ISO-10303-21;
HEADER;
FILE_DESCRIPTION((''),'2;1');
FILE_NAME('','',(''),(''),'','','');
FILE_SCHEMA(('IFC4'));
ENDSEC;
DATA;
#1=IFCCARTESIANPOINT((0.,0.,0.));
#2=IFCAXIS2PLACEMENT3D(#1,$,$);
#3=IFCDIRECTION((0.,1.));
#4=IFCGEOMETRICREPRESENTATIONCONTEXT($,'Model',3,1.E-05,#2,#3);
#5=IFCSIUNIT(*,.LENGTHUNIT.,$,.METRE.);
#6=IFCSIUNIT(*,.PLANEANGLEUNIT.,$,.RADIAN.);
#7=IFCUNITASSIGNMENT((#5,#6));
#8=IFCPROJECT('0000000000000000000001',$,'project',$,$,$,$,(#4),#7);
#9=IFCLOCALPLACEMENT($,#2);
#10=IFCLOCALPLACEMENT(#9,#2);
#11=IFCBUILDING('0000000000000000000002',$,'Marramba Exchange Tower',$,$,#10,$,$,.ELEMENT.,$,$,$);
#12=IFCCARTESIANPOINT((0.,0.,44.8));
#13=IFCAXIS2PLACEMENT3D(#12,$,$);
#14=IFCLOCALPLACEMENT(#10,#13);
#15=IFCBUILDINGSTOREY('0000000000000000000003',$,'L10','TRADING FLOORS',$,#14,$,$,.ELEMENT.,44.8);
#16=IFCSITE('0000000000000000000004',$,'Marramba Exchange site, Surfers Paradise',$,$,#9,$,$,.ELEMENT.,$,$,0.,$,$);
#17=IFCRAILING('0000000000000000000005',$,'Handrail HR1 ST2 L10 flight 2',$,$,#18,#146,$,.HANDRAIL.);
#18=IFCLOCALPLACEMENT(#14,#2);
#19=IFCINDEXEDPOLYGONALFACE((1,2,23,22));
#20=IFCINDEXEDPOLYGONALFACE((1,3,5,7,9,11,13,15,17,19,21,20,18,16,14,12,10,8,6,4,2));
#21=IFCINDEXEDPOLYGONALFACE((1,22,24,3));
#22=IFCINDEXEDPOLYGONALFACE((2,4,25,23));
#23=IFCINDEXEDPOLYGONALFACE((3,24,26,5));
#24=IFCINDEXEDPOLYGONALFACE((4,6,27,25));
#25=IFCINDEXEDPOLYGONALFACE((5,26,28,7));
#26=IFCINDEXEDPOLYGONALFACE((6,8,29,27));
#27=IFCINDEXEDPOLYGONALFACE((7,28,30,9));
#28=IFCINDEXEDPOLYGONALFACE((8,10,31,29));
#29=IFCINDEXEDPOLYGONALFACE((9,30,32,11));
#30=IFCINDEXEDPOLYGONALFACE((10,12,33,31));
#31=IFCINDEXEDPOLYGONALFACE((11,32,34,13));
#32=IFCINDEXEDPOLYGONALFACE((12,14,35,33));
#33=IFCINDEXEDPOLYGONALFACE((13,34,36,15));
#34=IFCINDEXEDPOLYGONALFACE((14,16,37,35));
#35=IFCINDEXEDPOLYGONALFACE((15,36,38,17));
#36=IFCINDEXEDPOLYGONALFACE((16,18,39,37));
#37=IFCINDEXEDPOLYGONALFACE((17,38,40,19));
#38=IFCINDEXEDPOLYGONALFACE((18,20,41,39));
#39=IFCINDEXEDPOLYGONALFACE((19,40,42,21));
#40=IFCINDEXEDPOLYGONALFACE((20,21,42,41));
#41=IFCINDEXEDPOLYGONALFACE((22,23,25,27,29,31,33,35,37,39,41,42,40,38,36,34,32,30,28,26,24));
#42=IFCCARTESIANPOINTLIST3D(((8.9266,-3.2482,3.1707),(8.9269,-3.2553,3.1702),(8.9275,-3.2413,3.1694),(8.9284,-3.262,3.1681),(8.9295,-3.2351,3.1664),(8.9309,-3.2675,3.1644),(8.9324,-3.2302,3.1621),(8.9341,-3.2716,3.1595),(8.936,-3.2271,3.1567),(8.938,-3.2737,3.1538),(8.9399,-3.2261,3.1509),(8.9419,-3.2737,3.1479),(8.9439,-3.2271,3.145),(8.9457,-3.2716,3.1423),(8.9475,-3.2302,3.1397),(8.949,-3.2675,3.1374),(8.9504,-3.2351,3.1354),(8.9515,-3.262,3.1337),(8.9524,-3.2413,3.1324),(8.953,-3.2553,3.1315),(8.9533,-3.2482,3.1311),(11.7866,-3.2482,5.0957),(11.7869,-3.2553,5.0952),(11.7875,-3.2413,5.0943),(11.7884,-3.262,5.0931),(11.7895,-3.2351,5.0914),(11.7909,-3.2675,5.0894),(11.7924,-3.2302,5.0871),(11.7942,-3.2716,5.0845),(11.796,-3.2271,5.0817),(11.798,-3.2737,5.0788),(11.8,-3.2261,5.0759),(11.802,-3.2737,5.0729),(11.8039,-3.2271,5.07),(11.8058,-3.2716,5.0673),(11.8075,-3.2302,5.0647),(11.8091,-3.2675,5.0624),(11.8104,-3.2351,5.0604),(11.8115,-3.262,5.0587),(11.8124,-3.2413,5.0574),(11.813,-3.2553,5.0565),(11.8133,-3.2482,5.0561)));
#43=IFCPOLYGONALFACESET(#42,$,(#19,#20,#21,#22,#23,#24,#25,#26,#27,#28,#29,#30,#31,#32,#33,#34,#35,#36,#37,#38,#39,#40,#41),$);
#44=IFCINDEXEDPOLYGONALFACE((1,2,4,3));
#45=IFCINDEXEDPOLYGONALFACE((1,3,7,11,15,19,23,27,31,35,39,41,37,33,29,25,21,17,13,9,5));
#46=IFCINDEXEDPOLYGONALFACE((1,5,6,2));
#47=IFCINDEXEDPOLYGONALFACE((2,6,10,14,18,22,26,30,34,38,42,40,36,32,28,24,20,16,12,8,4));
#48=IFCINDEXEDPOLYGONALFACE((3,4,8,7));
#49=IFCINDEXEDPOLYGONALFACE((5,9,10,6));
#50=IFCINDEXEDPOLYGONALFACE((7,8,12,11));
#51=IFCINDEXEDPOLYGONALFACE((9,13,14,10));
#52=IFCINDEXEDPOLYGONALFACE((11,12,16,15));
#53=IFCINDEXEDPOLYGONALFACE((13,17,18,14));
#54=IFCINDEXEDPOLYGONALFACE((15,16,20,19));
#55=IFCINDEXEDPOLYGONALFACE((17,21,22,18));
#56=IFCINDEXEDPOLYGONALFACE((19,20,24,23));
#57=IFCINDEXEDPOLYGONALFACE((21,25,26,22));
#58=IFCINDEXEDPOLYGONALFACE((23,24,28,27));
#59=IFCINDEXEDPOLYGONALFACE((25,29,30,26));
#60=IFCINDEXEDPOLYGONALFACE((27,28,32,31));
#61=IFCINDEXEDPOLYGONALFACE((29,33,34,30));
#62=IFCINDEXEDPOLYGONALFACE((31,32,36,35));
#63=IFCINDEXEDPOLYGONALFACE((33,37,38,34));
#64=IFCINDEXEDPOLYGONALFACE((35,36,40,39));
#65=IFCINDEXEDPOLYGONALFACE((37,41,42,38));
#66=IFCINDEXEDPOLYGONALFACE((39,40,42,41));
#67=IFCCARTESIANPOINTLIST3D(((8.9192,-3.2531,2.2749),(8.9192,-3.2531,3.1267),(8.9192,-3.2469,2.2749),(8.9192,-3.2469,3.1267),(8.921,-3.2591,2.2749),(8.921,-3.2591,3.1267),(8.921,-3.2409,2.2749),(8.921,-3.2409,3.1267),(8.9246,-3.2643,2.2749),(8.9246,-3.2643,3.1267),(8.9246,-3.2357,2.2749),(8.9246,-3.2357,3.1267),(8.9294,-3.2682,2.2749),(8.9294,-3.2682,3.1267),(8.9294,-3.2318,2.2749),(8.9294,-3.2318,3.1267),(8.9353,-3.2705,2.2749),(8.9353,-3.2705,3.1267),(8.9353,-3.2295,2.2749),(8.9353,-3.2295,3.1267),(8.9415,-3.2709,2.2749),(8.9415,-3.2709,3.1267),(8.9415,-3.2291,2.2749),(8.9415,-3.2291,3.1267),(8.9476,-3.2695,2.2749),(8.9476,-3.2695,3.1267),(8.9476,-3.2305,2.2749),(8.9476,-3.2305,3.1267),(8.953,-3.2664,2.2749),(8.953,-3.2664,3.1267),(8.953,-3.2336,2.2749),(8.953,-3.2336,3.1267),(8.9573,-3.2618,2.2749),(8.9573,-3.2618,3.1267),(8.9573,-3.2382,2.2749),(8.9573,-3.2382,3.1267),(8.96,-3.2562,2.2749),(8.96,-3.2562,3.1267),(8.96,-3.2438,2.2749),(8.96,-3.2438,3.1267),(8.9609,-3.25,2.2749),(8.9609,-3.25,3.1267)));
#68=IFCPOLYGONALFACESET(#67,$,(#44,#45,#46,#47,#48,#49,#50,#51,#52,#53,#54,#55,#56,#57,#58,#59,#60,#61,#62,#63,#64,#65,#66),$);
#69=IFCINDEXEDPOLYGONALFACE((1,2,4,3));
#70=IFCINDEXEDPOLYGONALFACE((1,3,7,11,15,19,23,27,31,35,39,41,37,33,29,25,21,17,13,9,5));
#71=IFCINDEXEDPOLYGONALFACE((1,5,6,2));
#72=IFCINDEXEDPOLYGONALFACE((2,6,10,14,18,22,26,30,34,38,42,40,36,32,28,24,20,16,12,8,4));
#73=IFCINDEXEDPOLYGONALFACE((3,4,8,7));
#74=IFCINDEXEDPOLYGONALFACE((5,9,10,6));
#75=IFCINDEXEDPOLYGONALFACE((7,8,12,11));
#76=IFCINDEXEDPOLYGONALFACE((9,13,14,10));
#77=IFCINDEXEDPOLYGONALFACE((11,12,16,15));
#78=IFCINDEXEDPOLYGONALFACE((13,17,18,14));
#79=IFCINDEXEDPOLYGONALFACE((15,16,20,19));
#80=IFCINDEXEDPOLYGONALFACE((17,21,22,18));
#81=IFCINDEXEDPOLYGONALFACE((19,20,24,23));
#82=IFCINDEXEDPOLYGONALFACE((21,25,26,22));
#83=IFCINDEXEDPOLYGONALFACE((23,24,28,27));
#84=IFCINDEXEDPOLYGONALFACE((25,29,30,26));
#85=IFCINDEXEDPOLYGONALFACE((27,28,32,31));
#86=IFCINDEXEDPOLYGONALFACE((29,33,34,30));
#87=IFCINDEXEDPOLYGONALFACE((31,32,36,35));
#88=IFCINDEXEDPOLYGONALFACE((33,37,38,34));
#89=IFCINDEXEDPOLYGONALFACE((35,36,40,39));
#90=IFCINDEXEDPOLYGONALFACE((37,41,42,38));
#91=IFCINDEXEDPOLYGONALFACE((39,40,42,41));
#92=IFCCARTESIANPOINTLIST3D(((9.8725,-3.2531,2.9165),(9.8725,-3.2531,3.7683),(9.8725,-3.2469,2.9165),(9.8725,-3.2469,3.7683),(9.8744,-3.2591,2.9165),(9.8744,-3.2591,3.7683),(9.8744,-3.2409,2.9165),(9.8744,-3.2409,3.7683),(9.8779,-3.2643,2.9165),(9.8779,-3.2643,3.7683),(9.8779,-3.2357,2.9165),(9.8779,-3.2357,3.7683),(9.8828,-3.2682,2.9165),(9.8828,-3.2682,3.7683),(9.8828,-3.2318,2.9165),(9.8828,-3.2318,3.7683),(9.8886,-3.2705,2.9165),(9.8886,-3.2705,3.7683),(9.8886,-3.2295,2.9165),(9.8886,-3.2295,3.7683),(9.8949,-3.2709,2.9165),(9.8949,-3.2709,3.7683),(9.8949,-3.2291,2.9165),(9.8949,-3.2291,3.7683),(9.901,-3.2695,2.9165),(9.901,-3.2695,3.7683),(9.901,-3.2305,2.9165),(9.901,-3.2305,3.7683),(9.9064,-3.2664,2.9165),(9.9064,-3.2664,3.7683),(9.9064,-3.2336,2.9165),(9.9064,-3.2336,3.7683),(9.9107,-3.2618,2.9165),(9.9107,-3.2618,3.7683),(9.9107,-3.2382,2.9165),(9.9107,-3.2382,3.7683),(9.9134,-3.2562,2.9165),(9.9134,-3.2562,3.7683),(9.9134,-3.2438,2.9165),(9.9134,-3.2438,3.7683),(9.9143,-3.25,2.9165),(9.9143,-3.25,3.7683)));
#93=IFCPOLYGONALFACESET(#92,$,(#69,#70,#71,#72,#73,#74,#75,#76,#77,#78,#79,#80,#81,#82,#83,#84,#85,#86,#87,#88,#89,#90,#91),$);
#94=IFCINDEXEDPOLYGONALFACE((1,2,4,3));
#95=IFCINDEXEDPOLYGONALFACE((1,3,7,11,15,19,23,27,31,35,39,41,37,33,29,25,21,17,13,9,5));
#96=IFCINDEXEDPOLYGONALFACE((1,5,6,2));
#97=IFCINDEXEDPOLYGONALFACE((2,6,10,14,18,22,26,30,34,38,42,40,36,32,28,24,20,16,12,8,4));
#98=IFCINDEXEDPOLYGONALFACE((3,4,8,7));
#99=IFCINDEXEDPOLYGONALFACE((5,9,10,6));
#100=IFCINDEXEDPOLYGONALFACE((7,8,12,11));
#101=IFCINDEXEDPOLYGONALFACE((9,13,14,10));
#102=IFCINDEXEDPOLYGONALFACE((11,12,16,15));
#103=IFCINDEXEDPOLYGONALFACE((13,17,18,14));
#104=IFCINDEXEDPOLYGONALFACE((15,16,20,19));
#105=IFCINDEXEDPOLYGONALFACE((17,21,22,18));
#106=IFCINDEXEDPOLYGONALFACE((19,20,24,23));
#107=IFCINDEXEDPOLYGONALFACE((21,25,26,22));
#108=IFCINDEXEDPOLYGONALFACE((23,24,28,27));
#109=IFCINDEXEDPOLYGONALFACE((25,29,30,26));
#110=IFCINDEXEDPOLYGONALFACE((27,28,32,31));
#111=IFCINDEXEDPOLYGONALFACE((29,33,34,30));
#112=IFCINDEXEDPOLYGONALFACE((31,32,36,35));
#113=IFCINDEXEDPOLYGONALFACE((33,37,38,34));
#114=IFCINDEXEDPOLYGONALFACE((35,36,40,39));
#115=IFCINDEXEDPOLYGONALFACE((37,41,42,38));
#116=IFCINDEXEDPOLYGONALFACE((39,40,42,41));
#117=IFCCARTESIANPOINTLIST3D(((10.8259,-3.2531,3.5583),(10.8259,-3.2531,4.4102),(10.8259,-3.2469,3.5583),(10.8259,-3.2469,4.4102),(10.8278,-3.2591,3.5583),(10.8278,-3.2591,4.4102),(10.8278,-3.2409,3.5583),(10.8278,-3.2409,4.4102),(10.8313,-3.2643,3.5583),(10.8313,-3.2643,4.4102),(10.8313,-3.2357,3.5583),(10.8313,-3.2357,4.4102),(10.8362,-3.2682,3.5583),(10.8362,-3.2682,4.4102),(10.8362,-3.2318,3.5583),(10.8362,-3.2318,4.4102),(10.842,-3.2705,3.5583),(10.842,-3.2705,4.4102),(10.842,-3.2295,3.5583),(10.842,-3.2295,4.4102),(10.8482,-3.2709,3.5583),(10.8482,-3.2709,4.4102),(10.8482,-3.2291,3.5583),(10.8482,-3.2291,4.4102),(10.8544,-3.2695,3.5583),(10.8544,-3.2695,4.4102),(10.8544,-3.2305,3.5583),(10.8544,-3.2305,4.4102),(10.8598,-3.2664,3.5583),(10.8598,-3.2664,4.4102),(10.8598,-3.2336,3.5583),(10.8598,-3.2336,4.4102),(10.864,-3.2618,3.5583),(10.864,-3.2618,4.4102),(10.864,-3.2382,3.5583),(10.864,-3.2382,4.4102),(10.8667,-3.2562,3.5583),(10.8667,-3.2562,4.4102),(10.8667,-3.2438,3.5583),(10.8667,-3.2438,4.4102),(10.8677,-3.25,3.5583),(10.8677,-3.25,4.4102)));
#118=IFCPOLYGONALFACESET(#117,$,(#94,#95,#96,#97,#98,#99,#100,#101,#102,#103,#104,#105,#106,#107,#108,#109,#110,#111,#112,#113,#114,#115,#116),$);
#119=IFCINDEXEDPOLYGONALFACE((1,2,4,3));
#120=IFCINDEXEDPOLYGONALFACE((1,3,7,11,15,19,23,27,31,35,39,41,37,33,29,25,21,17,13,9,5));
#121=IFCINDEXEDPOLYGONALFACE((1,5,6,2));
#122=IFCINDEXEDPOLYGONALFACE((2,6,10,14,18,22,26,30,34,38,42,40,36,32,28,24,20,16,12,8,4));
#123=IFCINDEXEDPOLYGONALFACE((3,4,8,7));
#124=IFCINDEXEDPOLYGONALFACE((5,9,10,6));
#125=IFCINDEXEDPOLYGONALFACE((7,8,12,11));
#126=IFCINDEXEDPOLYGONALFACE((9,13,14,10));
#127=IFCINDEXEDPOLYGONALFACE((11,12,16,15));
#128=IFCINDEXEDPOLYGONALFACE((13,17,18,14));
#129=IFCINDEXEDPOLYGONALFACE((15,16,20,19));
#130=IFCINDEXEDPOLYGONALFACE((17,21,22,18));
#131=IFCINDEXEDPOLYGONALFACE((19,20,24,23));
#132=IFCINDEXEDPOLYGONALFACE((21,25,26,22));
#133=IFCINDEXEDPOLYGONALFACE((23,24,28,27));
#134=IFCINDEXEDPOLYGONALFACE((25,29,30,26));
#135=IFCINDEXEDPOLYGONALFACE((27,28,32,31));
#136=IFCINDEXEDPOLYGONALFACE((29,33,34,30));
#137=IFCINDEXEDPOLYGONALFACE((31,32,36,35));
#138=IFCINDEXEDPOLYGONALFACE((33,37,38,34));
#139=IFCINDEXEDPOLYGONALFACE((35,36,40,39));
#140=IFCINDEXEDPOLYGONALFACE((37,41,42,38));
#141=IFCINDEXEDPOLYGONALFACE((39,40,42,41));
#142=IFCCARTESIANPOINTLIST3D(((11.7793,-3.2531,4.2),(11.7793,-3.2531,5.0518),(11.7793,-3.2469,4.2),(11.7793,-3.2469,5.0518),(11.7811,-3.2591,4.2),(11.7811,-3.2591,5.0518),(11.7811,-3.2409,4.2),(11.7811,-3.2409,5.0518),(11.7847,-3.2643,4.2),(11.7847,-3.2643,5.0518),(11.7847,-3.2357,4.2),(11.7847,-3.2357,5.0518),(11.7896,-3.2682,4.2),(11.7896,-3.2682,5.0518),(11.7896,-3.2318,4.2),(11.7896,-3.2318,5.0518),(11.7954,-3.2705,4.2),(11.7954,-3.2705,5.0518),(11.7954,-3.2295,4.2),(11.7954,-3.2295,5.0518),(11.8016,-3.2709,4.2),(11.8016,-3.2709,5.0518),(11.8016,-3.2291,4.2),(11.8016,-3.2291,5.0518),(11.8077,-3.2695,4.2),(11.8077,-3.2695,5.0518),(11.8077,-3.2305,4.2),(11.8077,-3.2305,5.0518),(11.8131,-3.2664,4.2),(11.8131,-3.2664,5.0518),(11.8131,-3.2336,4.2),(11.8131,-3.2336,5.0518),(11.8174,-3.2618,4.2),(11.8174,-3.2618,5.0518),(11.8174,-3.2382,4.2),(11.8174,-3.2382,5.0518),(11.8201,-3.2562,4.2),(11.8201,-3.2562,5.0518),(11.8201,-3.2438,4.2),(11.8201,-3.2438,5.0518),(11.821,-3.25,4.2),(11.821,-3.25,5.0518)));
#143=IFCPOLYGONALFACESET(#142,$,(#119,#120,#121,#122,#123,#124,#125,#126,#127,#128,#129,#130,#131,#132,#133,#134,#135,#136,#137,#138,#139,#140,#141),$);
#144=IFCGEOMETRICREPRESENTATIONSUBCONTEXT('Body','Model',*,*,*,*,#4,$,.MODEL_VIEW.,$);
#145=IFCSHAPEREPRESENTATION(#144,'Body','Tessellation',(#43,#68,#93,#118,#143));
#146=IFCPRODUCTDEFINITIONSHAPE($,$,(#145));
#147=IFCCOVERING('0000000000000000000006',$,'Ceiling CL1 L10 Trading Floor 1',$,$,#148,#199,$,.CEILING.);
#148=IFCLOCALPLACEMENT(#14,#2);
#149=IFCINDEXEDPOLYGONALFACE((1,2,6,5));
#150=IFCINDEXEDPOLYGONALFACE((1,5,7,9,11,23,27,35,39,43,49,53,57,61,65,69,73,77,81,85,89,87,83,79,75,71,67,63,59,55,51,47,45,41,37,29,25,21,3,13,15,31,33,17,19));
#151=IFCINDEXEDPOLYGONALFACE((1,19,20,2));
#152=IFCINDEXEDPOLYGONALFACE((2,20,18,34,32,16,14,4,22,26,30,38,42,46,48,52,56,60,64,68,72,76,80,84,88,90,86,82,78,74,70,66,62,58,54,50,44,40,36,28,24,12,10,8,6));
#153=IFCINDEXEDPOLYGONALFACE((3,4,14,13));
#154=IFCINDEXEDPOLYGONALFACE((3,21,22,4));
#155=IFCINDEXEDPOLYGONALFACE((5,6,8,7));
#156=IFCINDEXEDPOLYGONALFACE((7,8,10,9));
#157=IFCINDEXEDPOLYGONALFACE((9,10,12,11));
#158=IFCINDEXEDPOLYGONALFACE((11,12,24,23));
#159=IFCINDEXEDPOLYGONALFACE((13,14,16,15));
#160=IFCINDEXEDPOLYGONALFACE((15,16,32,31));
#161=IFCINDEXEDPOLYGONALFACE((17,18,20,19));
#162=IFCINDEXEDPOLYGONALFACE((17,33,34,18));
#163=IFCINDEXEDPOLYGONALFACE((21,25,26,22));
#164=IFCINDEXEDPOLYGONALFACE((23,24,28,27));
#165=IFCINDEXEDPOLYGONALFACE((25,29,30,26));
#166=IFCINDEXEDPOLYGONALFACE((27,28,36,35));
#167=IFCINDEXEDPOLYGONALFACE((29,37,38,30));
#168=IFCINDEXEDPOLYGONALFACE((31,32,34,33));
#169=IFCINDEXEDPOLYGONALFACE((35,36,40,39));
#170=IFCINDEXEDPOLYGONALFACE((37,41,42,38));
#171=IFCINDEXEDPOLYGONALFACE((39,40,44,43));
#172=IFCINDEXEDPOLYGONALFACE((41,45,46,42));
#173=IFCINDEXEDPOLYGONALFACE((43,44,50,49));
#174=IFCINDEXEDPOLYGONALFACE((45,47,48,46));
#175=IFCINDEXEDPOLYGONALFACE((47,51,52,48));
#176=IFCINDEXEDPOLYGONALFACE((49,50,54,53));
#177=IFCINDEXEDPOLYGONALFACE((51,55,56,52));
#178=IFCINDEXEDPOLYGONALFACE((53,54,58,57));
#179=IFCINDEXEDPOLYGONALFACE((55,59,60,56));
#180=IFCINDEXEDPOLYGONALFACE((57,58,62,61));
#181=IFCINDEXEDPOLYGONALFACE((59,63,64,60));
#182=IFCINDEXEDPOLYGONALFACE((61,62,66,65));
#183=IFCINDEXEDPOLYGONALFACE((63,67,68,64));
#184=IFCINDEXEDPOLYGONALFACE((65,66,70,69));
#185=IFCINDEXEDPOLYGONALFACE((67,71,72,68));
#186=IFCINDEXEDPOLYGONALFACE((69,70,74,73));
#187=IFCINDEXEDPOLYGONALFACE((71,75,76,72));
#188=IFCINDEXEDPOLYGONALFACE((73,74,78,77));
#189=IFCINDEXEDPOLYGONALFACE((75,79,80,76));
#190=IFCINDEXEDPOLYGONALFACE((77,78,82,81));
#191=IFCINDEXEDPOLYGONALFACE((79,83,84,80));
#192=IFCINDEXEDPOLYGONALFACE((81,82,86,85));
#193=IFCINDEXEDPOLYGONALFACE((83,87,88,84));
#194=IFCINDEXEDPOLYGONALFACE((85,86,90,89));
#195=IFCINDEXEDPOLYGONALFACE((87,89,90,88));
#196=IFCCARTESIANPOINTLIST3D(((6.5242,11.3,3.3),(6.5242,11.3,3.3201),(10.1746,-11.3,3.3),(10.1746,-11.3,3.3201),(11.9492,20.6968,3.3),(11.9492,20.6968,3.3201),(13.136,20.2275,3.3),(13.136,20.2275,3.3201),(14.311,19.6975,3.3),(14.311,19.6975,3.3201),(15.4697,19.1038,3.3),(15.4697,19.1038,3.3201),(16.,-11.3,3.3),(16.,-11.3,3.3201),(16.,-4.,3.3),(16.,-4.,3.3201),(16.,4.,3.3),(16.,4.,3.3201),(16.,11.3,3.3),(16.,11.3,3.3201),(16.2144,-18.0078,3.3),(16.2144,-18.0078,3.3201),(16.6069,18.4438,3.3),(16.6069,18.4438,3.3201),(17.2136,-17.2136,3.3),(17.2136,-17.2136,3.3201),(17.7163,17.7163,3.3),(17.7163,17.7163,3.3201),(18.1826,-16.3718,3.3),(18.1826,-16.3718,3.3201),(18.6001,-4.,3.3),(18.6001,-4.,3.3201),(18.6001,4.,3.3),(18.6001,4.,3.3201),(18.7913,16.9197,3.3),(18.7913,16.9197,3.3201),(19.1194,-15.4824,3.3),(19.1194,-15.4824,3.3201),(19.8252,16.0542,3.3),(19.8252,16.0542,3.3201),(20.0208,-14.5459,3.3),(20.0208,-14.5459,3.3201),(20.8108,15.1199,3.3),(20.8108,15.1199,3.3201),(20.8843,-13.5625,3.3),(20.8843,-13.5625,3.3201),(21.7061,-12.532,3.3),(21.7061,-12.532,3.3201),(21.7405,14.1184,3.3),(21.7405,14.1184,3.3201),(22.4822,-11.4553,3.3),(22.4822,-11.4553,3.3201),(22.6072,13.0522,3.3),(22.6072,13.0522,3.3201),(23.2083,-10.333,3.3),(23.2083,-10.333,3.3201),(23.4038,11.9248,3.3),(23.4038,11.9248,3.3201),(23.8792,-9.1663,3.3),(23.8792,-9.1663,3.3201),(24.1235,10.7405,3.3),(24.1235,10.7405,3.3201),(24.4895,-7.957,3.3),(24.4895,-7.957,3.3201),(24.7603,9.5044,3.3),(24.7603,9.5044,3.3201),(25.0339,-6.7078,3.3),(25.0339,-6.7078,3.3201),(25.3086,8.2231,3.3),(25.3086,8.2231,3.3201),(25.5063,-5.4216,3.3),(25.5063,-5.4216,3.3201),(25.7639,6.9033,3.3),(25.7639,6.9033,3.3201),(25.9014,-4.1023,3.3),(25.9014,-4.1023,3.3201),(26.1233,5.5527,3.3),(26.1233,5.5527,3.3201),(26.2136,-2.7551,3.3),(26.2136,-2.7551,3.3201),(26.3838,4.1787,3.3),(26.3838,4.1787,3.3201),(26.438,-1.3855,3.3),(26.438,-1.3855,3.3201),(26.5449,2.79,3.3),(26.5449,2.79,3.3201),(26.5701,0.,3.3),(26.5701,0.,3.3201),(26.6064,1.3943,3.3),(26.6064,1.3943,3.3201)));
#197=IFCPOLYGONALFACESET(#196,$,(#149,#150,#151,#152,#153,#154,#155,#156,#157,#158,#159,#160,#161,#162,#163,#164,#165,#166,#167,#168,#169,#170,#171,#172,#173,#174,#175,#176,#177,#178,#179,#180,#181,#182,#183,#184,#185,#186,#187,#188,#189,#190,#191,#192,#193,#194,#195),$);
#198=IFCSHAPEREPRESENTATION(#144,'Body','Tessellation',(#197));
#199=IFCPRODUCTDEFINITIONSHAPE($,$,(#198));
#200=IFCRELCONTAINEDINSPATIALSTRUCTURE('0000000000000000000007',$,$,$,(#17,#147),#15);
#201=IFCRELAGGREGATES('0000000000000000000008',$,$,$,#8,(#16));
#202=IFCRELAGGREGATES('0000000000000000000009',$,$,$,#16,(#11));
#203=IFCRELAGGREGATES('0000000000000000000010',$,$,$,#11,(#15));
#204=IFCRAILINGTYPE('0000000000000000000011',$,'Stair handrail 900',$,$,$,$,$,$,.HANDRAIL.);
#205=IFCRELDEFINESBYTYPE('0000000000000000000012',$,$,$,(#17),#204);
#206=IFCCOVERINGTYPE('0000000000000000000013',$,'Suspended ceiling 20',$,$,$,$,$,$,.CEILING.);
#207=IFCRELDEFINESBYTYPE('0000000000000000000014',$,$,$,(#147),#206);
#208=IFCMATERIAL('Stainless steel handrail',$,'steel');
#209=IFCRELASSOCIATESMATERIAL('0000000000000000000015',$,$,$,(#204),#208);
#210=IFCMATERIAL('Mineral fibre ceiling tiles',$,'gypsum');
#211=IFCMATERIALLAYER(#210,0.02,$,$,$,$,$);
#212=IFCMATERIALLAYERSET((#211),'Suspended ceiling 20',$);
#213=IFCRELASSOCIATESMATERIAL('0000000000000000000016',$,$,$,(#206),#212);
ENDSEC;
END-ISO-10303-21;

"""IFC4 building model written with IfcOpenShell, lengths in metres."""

from ifc_helpers import new_model, si_unit, direction, frame, origin, origin_2d, place, context, subcontext, project, spatial, polyline, circle, outline, extrude, material, layer, layer_set, type_object, element, save


model = new_model("IFC4")

# Units and contexts
model_context = context("Model", 3, precision=1e-05, world=origin(), true_north=direction((0.0, 1.0)))
body_context = subcontext(model_context, "Body", "Model", "MODEL_VIEW")
ifc_project = project(units=[si_unit("LENGTHUNIT", "METRE"), si_unit("PLANEANGLEUNIT", "RADIAN")], contexts=[model_context])

# Site, building, storey
site_placement = place(None, origin())
site = spatial("IfcSite", under=ifc_project, at=site_placement, Name="Marramba Exchange site, Surfers Paradise", CompositionType="ELEMENT", RefElevation=0.0)
building_placement = place(site_placement, origin())
building = spatial("IfcBuilding", under=site, at=building_placement, Name="Marramba Exchange Tower", CompositionType="ELEMENT")
storey_placement = place(building_placement, frame((0.0, 0.0, 44.8)))
storey = spatial("IfcBuildingStorey", under=building, at=storey_placement, Name="L10", Description="TRADING FLOORS", CompositionType="ELEMENT", Elevation=44.8)

# Railing
ifc_material_1 = material(Name="Stainless steel handrail", Category="steel")
railing_type = type_object("IfcRailingType", Name="Stair handrail 900", PredefinedType="HANDRAIL", material=ifc_material_1)
railing_placement = place(storey_placement, frame((8.9399, -3.25, 2.2749)))
element("IfcRailing", 1, at=railing_placement, inside=storey, type_object=railing_type, Name="Handrail HR1 ST2 L10 flight 2", PredefinedType="HANDRAIL", context=body_context, shape_type="SweptSolid", body=[
    extrude(circle(Radius=0.0239, at=origin_2d()), frame((0.0, 0.0, 0.876), z_axis=(0.829591, 0.0, 0.558372), x_axis=(0.0, 1.0, 0.0)), (0.0, 0.0, 1.0), 3.4475),
    extrude(circle(Radius=0.021, at=origin_2d()), origin(), (0.0, 0.0, 1.0), 0.8518),
    extrude(circle(Radius=0.021, at=origin_2d()), frame((0.9534, 0.0, 0.6416)), (0.0, 0.0, 1.0), 0.8518),
    extrude(circle(Radius=0.021, at=origin_2d()), frame((1.9067, 0.0, 1.2834)), (0.0, 0.0, 1.0), 0.8518),
    extrude(circle(Radius=0.021, at=origin_2d()), frame((2.8601, 0.0, 1.925)), (0.0, 0.0, 1.0), 0.8518),
])

# Covering
ifc_material_2 = material(Name="Mineral fibre ceiling tiles", Category="gypsum")
ifc_layer_1 = layer(ifc_material_2, 0.02)
ifc_layer_set_1 = layer_set([ifc_layer_1], Name="Suspended ceiling 20")
covering_type_1 = type_object("IfcCoveringType", Name="Suspended ceiling 20", PredefinedType="CEILING", material=ifc_layer_set_1)
covering_1_placement = place(storey_placement, frame((0.0, 0.0, 3.3)))
element("IfcCovering", 2, at=covering_1_placement, inside=storey, type_object=covering_type_1, Name="Ceiling CL1 L10 Trading Floor 1", PredefinedType="CEILING", context=body_context, shape_type="SweptSolid", body=[
    extrude(outline(polyline([(16.0, -4.0), (18.6001, -4.0), (18.6001, 4.0), (16.0, 4.0), (16.0, 11.3), (6.5242, 11.3), (11.9492, 20.6968), (13.136, 20.2275), (14.311, 19.6975), (15.4697, 19.1038), (16.6069, 18.4438), (17.7163, 17.7163), (18.7913, 16.9197), (19.8252, 16.0542), (20.8108, 15.1199), (21.7405, 14.1184), (22.6072, 13.0522), (23.4038, 11.9248), (24.1235, 10.7405), (24.7603, 9.5044), (25.3086, 8.2231), (25.7639, 6.9033), (26.1233, 5.5527), (26.3838, 4.1787), (26.5449, 2.79), (26.6064, 1.3943), (26.5701, 0.0), (26.438, -1.3855), (26.2136, -2.7551), (25.9014, -4.1023), (25.5063, -5.4216), (25.0339, -6.7078), (24.4895, -7.957), (23.8792, -9.1663), (23.2083, -10.333), (22.4822, -11.4553), (21.7061, -12.532), (20.8843, -13.5625), (20.0208, -14.5459), (19.1194, -15.4824), (18.1826, -16.3718), (17.2136, -17.2136), (16.2144, -18.0078), (10.1746, -11.3), (16.0, -11.3), (16.0, -4.0)])), origin(), (0.0, 0.0, 1.0), 0.02),
])

save(model, "model.ifc")
